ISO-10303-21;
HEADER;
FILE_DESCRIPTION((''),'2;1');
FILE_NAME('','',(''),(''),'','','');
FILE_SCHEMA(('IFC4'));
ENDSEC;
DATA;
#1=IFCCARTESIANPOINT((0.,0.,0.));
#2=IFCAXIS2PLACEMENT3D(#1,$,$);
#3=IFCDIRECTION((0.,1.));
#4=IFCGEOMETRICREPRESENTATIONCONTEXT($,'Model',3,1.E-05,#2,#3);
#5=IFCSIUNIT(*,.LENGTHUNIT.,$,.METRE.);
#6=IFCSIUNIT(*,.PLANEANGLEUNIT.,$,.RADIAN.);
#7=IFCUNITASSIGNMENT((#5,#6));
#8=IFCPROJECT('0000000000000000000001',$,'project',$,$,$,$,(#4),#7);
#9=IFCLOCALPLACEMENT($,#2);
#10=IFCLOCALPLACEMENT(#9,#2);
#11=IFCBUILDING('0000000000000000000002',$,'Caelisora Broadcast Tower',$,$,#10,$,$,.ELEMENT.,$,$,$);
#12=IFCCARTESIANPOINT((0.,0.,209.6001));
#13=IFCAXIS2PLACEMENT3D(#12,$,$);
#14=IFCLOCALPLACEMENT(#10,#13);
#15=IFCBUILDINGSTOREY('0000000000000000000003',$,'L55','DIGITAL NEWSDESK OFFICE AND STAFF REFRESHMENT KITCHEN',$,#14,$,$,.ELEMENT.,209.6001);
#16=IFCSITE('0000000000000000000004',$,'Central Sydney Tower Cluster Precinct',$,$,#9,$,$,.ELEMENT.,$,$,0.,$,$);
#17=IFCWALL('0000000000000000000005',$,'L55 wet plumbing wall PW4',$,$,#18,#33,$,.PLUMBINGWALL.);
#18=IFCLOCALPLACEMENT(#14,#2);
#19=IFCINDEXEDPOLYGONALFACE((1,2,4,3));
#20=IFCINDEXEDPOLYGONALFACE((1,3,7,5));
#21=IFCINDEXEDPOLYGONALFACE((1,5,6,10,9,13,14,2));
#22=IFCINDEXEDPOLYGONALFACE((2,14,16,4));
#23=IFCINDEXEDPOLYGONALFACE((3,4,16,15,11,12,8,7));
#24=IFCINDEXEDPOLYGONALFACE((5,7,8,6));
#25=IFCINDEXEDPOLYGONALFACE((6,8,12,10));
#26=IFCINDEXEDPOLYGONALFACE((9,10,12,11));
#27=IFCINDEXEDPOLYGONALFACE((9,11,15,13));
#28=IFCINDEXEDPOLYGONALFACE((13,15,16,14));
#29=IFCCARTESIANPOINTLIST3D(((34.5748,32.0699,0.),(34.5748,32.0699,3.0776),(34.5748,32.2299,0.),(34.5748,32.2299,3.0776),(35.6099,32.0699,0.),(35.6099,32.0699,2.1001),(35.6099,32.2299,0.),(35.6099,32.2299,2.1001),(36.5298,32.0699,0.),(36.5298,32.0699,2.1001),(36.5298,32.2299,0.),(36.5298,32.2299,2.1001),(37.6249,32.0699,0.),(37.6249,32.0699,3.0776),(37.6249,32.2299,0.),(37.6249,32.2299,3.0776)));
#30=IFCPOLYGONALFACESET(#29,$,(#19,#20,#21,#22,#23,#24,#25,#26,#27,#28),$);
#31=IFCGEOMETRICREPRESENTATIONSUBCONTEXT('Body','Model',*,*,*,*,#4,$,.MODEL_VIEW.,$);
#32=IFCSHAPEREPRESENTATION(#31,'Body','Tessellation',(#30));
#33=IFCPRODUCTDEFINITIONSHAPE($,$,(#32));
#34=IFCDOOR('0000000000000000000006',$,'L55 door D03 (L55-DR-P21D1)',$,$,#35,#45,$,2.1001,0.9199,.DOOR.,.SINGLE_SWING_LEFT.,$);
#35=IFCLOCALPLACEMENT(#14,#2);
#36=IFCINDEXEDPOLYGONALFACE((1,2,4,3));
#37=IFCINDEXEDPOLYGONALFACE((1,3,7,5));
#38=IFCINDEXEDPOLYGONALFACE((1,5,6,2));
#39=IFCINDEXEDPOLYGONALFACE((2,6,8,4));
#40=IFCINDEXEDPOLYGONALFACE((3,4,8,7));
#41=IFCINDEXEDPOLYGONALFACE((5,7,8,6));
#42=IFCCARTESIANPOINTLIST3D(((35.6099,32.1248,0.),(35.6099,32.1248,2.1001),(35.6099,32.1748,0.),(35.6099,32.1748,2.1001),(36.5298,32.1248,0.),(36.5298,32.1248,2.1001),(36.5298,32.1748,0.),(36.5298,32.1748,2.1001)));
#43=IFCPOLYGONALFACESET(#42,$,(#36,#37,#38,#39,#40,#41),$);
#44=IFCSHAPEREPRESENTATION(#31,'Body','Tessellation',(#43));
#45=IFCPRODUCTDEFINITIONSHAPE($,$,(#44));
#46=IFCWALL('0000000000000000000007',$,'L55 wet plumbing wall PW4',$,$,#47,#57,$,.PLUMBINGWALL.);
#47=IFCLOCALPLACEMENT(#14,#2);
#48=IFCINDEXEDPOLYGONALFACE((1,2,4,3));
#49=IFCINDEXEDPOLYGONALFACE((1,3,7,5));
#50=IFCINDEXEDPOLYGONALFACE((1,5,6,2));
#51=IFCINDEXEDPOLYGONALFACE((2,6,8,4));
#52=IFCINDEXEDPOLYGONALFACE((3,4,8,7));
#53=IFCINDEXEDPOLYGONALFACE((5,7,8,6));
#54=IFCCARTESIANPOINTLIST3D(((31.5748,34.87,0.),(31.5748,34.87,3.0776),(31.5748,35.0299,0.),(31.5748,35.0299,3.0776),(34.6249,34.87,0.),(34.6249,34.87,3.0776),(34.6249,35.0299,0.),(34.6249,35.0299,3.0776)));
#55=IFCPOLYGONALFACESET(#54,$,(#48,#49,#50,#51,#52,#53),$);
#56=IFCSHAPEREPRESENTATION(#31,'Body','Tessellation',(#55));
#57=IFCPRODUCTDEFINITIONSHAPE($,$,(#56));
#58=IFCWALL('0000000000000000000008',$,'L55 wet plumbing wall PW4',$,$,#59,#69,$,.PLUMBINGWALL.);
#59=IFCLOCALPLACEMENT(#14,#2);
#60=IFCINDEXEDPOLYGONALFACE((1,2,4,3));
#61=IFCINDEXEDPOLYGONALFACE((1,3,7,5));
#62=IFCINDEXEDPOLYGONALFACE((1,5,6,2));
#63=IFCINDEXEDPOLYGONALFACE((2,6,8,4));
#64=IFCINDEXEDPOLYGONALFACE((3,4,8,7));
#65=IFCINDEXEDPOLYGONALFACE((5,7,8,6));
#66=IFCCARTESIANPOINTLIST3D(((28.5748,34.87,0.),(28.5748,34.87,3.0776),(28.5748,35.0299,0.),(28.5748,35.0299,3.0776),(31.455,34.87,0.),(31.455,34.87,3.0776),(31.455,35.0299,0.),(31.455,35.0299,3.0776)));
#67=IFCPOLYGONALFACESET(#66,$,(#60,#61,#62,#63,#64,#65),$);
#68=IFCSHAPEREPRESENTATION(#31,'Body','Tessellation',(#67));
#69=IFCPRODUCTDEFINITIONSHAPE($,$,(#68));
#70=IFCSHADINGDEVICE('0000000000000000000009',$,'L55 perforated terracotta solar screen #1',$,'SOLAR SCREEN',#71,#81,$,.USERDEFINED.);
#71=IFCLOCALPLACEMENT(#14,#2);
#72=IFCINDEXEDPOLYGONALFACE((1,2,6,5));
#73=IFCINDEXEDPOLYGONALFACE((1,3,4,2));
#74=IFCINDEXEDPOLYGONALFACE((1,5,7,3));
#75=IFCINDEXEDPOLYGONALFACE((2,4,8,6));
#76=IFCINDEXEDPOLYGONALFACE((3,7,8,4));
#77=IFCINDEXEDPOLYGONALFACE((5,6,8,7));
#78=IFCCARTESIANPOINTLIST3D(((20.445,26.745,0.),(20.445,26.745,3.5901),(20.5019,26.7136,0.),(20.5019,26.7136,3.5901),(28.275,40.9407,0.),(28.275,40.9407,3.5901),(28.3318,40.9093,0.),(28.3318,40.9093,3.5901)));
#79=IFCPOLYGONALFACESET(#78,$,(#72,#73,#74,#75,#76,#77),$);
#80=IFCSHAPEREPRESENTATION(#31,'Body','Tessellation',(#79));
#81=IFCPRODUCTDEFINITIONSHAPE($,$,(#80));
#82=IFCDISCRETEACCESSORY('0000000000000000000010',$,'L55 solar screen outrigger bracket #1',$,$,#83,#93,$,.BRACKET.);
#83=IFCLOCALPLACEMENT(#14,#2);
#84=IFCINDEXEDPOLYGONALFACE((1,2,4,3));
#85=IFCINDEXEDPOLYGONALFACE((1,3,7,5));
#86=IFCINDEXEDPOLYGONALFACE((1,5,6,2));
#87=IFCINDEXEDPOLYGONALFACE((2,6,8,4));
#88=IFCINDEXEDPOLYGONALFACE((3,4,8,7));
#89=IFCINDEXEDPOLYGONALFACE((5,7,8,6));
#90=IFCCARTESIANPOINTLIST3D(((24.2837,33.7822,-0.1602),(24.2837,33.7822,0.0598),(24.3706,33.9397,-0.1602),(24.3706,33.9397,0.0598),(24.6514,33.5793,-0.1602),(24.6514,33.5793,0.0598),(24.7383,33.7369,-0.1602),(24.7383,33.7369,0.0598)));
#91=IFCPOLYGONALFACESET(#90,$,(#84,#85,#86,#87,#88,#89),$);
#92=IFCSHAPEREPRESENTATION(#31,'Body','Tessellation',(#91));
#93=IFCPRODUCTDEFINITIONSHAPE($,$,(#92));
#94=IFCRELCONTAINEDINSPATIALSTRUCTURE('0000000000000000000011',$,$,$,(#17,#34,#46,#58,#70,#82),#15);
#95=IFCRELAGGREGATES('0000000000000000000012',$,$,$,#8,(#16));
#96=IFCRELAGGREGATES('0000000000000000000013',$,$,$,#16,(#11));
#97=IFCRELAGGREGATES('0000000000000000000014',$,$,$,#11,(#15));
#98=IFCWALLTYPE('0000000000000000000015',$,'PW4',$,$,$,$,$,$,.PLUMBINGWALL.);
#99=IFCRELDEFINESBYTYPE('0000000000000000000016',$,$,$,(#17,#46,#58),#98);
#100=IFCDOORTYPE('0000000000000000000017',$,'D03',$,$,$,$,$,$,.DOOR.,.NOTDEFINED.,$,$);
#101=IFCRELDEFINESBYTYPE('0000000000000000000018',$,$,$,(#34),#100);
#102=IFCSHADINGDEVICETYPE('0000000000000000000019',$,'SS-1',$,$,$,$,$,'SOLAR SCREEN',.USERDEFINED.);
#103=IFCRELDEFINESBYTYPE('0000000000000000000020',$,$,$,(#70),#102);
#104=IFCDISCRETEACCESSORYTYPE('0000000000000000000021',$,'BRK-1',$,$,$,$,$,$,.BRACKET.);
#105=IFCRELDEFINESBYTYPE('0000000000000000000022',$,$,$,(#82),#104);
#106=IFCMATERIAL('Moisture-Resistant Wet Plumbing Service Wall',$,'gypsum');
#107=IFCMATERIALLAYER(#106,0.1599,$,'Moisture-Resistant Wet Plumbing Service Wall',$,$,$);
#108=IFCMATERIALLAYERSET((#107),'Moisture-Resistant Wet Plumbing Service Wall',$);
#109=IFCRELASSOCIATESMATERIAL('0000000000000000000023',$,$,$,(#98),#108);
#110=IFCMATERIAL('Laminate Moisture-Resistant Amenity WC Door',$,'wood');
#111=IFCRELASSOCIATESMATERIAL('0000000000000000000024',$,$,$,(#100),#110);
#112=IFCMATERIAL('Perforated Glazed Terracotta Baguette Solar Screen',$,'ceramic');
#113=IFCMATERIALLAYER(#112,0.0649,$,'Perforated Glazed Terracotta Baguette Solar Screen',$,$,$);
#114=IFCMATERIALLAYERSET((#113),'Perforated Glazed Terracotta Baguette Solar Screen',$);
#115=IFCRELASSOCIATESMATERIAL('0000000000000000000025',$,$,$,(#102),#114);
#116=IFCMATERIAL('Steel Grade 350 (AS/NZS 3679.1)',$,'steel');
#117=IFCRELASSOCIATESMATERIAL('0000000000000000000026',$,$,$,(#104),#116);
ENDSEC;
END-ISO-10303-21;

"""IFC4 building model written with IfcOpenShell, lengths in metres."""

from ifc_helpers import new_model, si_unit, direction, frame, frame_2d, origin, origin_2d, place, context, subcontext, project, spatial, rectangle, extrude, source, transform, mapped, material, layer, layer_set, type_object, type_shapes, element, fill, save


model = new_model("IFC4")

# Units and contexts
model_context = context("Model", 3, precision=1e-05, world=origin(), true_north=direction((0.0, 1.0)))
body_context = subcontext(model_context, "Body", "Model", "MODEL_VIEW")
ifc_project = project(units=[si_unit("LENGTHUNIT", "METRE"), si_unit("PLANEANGLEUNIT", "RADIAN")], contexts=[model_context])

# Site, building, storey
site_placement = place(None, origin())
site = spatial("IfcSite", under=ifc_project, at=site_placement, Name="Central Sydney Tower Cluster Precinct", CompositionType="ELEMENT", RefElevation=0.0)
building_placement = place(site_placement, origin())
building = spatial("IfcBuilding", under=site, at=building_placement, Name="Caelisora Broadcast Tower", CompositionType="ELEMENT")
storey_placement = place(building_placement, frame((0.0, 0.0, 209.6001)))
storey = spatial("IfcBuildingStorey", under=building, at=storey_placement, Name="L55", Description="DIGITAL NEWSDESK OFFICE AND STAFF REFRESHMENT KITCHEN", CompositionType="ELEMENT", Elevation=209.6001)

# Shared definitions
ifc_material_1 = material(Name="Steel Grade 350 (AS/NZS 3679.1)", Category="steel")

# Wall, opening, door
ifc_material_2 = material(Name="Moisture-Resistant Wet Plumbing Service Wall", Category="gypsum")
ifc_layer_1 = layer(ifc_material_2, 0.1599, Name="Moisture-Resistant Wet Plumbing Service Wall")
ifc_layer_set_1 = layer_set([ifc_layer_1], Name="Moisture-Resistant Wet Plumbing Service Wall")
wall_type_1 = type_object("IfcWallType", Name="PW4", PredefinedType="PLUMBINGWALL", material=ifc_layer_set_1)
ifc_material_3 = material(Name="Laminate Moisture-Resistant Amenity WC Door", Category="wood")
door_type_1 = type_object("IfcDoorType", Name="D03", OperationType="NOTDEFINED", PredefinedType="DOOR", material=ifc_material_3)
wall_1_placement = place(storey_placement, frame((34.575, 32.1499, 0.0), z_axis=(0.0, 0.0, 1.0), x_axis=(1.0, 0.0, 0.0)))
wall_1 = element("IfcWall", 1, at=wall_1_placement, inside=storey, type_object=wall_type_1, Name="L55 wet plumbing wall PW4", PredefinedType="PLUMBINGWALL", context=body_context, shape_type="SweptSolid", body=[
    extrude(rectangle(XDim=3.05, YDim=0.1599, at=frame_2d((1.5249, 0.0))), origin(), (0.0, 0.0, 1.0), 3.0776),
])
opening_1_placement = place(wall_1_placement, frame((1.0349, 0.0, 0.0)))
opening_1 = element("IfcOpeningElement", 2, at=opening_1_placement, cuts=wall_1, PredefinedType="OPENING", context=body_context, shape_type="SweptSolid", body=[
    extrude(rectangle(XDim=0.9199, YDim=2.1001, at=frame_2d((0.46, 1.05))), frame((0.0, 0.092, 0.0), z_axis=(0.0, -1.0, 0.0), x_axis=(1.0, 0.0, 0.0)), (0.0, 0.0, 1.0), 0.1838),
])
door_1_placement = place(opening_1_placement, origin())
door_1 = element("IfcDoor", 3, at=door_1_placement, inside=storey, type_object=door_type_1, Name="L55 door D03 (L55-DR-P21D1)", OperationType="SINGLE_SWING_LEFT", OverallHeight=2.1001, OverallWidth=0.9199, PredefinedType="DOOR", context=body_context, shape_type="SweptSolid", body=[
    extrude(rectangle(XDim=0.9199, YDim=2.1001, at=frame_2d((0.46, 1.05))), frame((0.0, 0.0249, 0.0), z_axis=(0.0, -1.0, 0.0), x_axis=(1.0, 0.0, 0.0)), (0.0, 0.0, 1.0), 0.05),
])
fill(opening_1, door_1)

# Walls
wall_2_placement = place(storey_placement, frame((31.575, 34.95, 0.0), z_axis=(0.0, 0.0, 1.0), x_axis=(1.0, 0.0, 0.0)))
element("IfcWall", 4, at=wall_2_placement, inside=storey, type_object=wall_type_1, Name="L55 wet plumbing wall PW4", PredefinedType="PLUMBINGWALL", context=body_context, shape_type="SweptSolid", body=[
    extrude(rectangle(XDim=3.05, YDim=0.1599, at=frame_2d((1.5249, 0.0))), origin(), (0.0, 0.0, 1.0), 3.0776),
])
wall_3_placement = place(storey_placement, frame((28.575, 34.95, 0.0), z_axis=(0.0, 0.0, 1.0), x_axis=(1.0, 0.0, 0.0)))
element("IfcWall", 5, at=wall_3_placement, inside=storey, type_object=wall_type_1, Name="L55 wet plumbing wall PW4", PredefinedType="PLUMBINGWALL", context=body_context, shape_type="SweptSolid", body=[
    extrude(rectangle(XDim=2.8801, YDim=0.1599, at=frame_2d((1.4399, 0.0))), origin(), (0.0, 0.0, 1.0), 3.0776),
])

# Shading device
ifc_material_4 = material(Name="Perforated Glazed Terracotta Baguette Solar Screen", Category="ceramic")
ifc_layer_2 = layer(ifc_material_4, 0.0649, Name="Perforated Glazed Terracotta Baguette Solar Screen")
ifc_layer_set_2 = layer_set([ifc_layer_2], Name="Perforated Glazed Terracotta Baguette Solar Screen")
shading_device_type = type_object("IfcShadingDeviceType", Name="SS-1", ElementType="SOLAR SCREEN", PredefinedType="USERDEFINED", material=ifc_layer_set_2)
shared_shape_1 = source(origin(), body_context, "Body", "SweptSolid", [
    extrude(rectangle(XDim=16.2119, YDim=0.0649, at=origin_2d()), origin(), (0.0, 0.0, 1.0), 3.5901),
])
type_shapes(shading_device_type, [shared_shape_1])
shading_device_placement = place(storey_placement, frame((24.3884, 33.8271, 0.0), z_axis=(0.0, 0.0, 1.0), x_axis=(-0.482977, -0.875633, 0.0)))
element("IfcShadingDevice", 6, at=shading_device_placement, inside=storey, type_object=shading_device_type, Name="L55 perforated terracotta solar screen #1", ObjectType="SOLAR SCREEN", PredefinedType="USERDEFINED", context=body_context, shape_type="MappedRepresentation", body=[
    mapped(shared_shape_1, transform((0.0, 0.0, 0.0), scale=1.0)),
])

# Discrete accessory
discrete_accessory_type = type_object("IfcDiscreteAccessoryType", Name="BRK-1", PredefinedType="BRACKET", material=ifc_material_1)
shared_shape_2 = source(origin(), body_context, "Body", "SweptSolid", [
    extrude(rectangle(XDim=0.1799, YDim=0.4199, at=origin_2d()), origin(), (0.0, 0.0, 1.0), 0.22),
])
type_shapes(discrete_accessory_type, [shared_shape_2])
discrete_accessory_placement = place(storey_placement, frame((24.511, 33.7595, -0.1602), z_axis=(0.0, 0.0, 1.0), x_axis=(-0.482977, -0.875633, 0.0)))
element("IfcDiscreteAccessory", 7, at=discrete_accessory_placement, inside=storey, type_object=discrete_accessory_type, Name="L55 solar screen outrigger bracket #1", PredefinedType="BRACKET", context=body_context, shape_type="MappedRepresentation", body=[
    mapped(shared_shape_2, transform((0.0, 0.0, 0.0), scale=1.0)),
])

save(model, "model.ifc")
